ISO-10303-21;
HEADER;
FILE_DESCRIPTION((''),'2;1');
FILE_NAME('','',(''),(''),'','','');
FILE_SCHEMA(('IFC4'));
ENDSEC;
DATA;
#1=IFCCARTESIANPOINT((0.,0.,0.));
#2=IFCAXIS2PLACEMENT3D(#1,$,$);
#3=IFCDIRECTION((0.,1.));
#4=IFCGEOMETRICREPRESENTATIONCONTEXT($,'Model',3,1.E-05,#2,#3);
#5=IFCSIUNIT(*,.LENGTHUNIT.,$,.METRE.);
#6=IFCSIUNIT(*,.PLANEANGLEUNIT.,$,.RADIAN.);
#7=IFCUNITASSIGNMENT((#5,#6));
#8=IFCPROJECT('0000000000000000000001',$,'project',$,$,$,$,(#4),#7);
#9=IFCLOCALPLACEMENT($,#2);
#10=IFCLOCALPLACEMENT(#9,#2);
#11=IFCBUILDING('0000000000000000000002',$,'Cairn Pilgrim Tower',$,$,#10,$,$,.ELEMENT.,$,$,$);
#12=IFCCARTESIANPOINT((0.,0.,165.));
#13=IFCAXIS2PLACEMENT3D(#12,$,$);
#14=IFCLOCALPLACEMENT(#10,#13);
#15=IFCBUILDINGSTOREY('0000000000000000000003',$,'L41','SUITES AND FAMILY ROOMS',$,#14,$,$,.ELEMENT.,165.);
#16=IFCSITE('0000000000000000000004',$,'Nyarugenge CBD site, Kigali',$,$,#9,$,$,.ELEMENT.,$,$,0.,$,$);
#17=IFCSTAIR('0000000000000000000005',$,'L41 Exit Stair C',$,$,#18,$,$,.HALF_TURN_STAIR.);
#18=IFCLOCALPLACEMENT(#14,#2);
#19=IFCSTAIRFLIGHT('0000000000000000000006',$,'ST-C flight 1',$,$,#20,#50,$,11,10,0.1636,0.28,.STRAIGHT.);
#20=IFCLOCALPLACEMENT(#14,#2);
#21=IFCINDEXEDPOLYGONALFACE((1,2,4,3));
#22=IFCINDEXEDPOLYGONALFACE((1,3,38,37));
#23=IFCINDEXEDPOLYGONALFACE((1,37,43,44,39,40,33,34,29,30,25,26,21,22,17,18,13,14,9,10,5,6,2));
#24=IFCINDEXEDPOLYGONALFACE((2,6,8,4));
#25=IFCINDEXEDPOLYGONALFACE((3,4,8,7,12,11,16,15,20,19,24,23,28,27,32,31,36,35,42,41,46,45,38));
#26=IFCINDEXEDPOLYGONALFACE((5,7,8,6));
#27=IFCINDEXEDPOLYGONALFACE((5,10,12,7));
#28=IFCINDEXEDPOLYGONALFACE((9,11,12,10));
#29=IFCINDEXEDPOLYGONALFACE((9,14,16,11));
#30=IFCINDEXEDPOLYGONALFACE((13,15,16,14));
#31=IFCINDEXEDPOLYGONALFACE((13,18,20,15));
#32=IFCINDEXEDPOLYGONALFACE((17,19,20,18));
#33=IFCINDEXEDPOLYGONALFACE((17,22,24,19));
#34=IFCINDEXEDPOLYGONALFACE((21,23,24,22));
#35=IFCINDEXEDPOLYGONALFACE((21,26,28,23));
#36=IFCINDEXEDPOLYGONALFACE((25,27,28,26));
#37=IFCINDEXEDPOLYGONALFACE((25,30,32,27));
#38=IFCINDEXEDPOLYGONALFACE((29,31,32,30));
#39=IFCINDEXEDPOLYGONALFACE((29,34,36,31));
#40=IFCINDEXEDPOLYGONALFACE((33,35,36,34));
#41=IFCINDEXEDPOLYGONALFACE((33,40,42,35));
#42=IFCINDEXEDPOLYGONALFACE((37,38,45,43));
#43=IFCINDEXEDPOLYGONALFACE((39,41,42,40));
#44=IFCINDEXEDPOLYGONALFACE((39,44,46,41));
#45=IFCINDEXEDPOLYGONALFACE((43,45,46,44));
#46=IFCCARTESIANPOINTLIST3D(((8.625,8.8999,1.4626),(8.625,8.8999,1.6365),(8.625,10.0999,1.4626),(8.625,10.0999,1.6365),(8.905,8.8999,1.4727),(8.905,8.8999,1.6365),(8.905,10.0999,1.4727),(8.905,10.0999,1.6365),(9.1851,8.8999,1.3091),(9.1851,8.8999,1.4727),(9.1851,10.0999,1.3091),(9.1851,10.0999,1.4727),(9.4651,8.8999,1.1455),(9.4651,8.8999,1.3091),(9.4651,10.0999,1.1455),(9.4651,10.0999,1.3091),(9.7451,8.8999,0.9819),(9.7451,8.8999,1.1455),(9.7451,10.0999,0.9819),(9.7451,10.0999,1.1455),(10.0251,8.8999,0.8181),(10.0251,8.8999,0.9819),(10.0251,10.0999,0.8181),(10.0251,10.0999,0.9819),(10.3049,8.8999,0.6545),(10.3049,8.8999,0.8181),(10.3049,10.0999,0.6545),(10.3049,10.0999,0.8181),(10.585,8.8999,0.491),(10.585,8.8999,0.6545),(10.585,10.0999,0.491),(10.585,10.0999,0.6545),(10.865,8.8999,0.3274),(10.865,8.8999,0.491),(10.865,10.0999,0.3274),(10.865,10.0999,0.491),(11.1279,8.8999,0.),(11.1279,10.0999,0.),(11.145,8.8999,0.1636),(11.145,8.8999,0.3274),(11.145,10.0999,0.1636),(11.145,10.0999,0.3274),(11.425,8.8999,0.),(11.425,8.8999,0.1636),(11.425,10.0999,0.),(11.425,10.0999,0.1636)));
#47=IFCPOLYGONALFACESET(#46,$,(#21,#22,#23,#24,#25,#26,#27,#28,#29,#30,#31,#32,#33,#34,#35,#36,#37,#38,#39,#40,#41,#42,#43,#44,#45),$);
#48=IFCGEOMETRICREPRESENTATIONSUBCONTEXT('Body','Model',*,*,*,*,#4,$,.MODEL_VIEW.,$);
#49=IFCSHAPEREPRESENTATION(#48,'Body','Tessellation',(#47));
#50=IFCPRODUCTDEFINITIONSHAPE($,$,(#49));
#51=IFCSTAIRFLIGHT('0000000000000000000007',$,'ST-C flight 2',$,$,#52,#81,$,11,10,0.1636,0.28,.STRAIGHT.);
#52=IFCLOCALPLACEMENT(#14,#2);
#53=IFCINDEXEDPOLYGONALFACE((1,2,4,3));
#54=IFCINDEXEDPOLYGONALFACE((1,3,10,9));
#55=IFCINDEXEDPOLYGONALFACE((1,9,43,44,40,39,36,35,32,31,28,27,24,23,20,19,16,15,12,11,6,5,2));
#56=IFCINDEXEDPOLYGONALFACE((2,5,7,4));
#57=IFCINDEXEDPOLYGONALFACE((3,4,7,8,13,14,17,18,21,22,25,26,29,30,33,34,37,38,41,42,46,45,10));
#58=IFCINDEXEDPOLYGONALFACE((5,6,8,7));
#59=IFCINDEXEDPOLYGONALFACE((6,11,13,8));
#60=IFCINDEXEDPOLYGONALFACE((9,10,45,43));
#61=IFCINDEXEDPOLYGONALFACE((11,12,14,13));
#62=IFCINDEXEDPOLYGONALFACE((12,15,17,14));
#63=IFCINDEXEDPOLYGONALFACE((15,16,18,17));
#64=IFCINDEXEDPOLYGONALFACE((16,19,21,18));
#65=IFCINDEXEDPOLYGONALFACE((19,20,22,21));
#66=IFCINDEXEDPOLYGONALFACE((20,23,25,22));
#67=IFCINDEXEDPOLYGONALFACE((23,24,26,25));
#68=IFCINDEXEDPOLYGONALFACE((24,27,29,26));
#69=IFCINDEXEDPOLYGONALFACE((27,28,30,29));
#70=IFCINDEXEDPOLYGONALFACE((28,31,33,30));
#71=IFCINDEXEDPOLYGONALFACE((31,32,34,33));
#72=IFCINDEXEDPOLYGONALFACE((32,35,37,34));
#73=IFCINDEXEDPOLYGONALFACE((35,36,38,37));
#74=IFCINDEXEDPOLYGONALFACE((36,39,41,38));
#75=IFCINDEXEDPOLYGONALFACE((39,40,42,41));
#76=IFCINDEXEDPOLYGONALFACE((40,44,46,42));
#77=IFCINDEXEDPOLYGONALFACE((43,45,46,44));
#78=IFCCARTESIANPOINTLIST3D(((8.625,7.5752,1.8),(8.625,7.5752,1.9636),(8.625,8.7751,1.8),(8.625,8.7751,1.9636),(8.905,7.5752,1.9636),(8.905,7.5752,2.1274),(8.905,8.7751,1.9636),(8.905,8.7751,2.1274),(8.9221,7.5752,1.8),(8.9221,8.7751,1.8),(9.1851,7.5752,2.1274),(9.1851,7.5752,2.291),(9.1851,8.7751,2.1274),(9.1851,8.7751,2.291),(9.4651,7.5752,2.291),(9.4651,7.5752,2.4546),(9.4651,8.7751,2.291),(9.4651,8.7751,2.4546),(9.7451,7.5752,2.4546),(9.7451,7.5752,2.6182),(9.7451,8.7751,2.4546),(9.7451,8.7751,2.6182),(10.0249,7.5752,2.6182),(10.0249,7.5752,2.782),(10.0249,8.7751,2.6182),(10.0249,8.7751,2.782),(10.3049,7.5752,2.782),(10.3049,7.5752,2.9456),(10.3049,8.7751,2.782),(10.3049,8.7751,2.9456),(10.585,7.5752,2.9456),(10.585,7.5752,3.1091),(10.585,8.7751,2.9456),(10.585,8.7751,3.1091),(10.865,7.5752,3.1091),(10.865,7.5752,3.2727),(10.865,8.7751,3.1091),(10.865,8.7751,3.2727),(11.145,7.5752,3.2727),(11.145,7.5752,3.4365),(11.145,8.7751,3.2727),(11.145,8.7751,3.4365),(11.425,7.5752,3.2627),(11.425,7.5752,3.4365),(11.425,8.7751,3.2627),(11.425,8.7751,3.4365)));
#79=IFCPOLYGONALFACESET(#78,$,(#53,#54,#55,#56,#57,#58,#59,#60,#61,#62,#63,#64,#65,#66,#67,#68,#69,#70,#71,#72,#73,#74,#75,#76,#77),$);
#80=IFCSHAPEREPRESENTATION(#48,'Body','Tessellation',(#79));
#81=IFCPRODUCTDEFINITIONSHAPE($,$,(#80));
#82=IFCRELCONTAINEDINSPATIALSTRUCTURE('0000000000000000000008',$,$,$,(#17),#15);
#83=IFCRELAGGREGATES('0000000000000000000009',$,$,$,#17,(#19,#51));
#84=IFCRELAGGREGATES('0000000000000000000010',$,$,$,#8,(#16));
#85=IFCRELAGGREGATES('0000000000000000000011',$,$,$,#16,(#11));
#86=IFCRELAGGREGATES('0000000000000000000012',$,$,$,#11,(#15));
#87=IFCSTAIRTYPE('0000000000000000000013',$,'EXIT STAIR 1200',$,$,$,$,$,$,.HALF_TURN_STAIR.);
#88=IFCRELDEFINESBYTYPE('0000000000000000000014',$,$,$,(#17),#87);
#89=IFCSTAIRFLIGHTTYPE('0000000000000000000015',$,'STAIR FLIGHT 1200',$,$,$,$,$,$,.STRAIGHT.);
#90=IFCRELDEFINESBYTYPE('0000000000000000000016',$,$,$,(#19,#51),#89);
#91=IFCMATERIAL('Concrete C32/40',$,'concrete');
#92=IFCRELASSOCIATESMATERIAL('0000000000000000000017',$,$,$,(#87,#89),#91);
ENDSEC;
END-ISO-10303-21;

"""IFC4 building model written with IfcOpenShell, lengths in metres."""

from ifc_helpers import new_model, si_unit, direction, frame, origin, place, context, subcontext, project, spatial, polyline, outline, extrude, material, type_object, element, aggregate, save


model = new_model("IFC4")

# Units and contexts
model_context = context("Model", 3, precision=1e-05, world=origin(), true_north=direction((0.0, 1.0)))
body_context = subcontext(model_context, "Body", "Model", "MODEL_VIEW")
ifc_project = project(units=[si_unit("LENGTHUNIT", "METRE"), si_unit("PLANEANGLEUNIT", "RADIAN")], contexts=[model_context])

# Site, building, storey
site_placement = place(None, origin())
site = spatial("IfcSite", under=ifc_project, at=site_placement, Name="Nyarugenge CBD site, Kigali", CompositionType="ELEMENT", RefElevation=0.0)
building_placement = place(site_placement, origin())
building = spatial("IfcBuilding", under=site, at=building_placement, Name="Cairn Pilgrim Tower", CompositionType="ELEMENT")
storey_placement = place(building_placement, frame((0.0, 0.0, 165.0)))
storey = spatial("IfcBuildingStorey", under=building, at=storey_placement, Name="L41", Description="SUITES AND FAMILY ROOMS", CompositionType="ELEMENT", Elevation=165.0)

# Shared definitions
ifc_material_1 = material(Name="Concrete C32/40", Category="concrete")

# Shared definitions
stair_type = type_object("IfcStairType", Name="EXIT STAIR 1200", PredefinedType="HALF_TURN_STAIR", material=ifc_material_1)
stair_flight_type = type_object("IfcStairFlightType", Name="STAIR FLIGHT 1200", PredefinedType="STRAIGHT", material=ifc_material_1)

# Stair, stair flights
stair_1_placement = place(storey_placement, origin())
stair_1 = element("IfcStair", 1, at=stair_1_placement, inside=storey, type_object=stair_type, Name="L41 Exit Stair C", PredefinedType="HALF_TURN_STAIR")
stair_flight_1_placement = place(storey_placement, frame((11.425, 9.5, 0.0), z_axis=(0.0, 0.0, 1.0), x_axis=(-1.0, 0.0, 0.0)))
stair_flight_1 = element("IfcStairFlight", 2, at=stair_flight_1_placement, type_object=stair_flight_type, Name="ST-C flight 1", NumberOfRisers=11, NumberOfTreads=10, PredefinedType="STRAIGHT", RiserHeight=0.1636, TreadLength=0.28, context=body_context, shape_type="SweptSolid", body=[
    extrude(outline(polyline([(0.0, 0.0), (0.0, 0.1636), (0.28, 0.1636), (0.28, 0.3274), (0.5601, 0.3274), (0.5601, 0.491), (0.8401, 0.491), (0.8401, 0.6545), (1.1201, 0.6545), (1.1201, 0.8181), (1.3999, 0.8181), (1.3999, 0.9819), (1.6799, 0.9819), (1.6799, 1.1455), (1.96, 1.1455), (1.96, 1.3091), (2.24, 1.3091), (2.24, 1.4727), (2.52, 1.4727), (2.52, 1.6365), (2.8, 1.6365), (2.8, 1.8), (2.8, 1.4626), (0.2971, 0.0), (0.0, 0.0)])), frame((0.0, 0.6001, 0.0), z_axis=(0.0, -1.0, 0.0), x_axis=(1.0, 0.0, 0.0)), (0.0, 0.0, 1.0), 1.2),
])
stair_flight_2_placement = place(storey_placement, frame((8.625, 8.175, 1.8), z_axis=(0.0, 0.0, 1.0), x_axis=(1.0, 0.0, 0.0)))
stair_flight_2 = element("IfcStairFlight", 3, at=stair_flight_2_placement, type_object=stair_flight_type, Name="ST-C flight 2", NumberOfRisers=11, NumberOfTreads=10, PredefinedType="STRAIGHT", RiserHeight=0.1636, TreadLength=0.28, context=body_context, shape_type="SweptSolid", body=[
    extrude(outline(polyline([(0.0, 0.0), (0.0, 0.1636), (0.28, 0.1636), (0.28, 0.3274), (0.5601, 0.3274), (0.5601, 0.491), (0.8401, 0.491), (0.8401, 0.6545), (1.1201, 0.6545), (1.1201, 0.8181), (1.3999, 0.8181), (1.3999, 0.9819), (1.6799, 0.9819), (1.6799, 1.1455), (1.96, 1.1455), (1.96, 1.3091), (2.24, 1.3091), (2.24, 1.4727), (2.52, 1.4727), (2.52, 1.6365), (2.8, 1.6365), (2.8, 1.8), (2.8, 1.4626), (0.2971, 0.0), (0.0, 0.0)])), frame((0.0, 0.6001, 0.0), z_axis=(0.0, -1.0, 0.0), x_axis=(1.0, 0.0, 0.0)), (0.0, 0.0, 1.0), 1.2),
])
aggregate(stair_1, [stair_flight_1, stair_flight_2])

save(model, "model.ifc")
